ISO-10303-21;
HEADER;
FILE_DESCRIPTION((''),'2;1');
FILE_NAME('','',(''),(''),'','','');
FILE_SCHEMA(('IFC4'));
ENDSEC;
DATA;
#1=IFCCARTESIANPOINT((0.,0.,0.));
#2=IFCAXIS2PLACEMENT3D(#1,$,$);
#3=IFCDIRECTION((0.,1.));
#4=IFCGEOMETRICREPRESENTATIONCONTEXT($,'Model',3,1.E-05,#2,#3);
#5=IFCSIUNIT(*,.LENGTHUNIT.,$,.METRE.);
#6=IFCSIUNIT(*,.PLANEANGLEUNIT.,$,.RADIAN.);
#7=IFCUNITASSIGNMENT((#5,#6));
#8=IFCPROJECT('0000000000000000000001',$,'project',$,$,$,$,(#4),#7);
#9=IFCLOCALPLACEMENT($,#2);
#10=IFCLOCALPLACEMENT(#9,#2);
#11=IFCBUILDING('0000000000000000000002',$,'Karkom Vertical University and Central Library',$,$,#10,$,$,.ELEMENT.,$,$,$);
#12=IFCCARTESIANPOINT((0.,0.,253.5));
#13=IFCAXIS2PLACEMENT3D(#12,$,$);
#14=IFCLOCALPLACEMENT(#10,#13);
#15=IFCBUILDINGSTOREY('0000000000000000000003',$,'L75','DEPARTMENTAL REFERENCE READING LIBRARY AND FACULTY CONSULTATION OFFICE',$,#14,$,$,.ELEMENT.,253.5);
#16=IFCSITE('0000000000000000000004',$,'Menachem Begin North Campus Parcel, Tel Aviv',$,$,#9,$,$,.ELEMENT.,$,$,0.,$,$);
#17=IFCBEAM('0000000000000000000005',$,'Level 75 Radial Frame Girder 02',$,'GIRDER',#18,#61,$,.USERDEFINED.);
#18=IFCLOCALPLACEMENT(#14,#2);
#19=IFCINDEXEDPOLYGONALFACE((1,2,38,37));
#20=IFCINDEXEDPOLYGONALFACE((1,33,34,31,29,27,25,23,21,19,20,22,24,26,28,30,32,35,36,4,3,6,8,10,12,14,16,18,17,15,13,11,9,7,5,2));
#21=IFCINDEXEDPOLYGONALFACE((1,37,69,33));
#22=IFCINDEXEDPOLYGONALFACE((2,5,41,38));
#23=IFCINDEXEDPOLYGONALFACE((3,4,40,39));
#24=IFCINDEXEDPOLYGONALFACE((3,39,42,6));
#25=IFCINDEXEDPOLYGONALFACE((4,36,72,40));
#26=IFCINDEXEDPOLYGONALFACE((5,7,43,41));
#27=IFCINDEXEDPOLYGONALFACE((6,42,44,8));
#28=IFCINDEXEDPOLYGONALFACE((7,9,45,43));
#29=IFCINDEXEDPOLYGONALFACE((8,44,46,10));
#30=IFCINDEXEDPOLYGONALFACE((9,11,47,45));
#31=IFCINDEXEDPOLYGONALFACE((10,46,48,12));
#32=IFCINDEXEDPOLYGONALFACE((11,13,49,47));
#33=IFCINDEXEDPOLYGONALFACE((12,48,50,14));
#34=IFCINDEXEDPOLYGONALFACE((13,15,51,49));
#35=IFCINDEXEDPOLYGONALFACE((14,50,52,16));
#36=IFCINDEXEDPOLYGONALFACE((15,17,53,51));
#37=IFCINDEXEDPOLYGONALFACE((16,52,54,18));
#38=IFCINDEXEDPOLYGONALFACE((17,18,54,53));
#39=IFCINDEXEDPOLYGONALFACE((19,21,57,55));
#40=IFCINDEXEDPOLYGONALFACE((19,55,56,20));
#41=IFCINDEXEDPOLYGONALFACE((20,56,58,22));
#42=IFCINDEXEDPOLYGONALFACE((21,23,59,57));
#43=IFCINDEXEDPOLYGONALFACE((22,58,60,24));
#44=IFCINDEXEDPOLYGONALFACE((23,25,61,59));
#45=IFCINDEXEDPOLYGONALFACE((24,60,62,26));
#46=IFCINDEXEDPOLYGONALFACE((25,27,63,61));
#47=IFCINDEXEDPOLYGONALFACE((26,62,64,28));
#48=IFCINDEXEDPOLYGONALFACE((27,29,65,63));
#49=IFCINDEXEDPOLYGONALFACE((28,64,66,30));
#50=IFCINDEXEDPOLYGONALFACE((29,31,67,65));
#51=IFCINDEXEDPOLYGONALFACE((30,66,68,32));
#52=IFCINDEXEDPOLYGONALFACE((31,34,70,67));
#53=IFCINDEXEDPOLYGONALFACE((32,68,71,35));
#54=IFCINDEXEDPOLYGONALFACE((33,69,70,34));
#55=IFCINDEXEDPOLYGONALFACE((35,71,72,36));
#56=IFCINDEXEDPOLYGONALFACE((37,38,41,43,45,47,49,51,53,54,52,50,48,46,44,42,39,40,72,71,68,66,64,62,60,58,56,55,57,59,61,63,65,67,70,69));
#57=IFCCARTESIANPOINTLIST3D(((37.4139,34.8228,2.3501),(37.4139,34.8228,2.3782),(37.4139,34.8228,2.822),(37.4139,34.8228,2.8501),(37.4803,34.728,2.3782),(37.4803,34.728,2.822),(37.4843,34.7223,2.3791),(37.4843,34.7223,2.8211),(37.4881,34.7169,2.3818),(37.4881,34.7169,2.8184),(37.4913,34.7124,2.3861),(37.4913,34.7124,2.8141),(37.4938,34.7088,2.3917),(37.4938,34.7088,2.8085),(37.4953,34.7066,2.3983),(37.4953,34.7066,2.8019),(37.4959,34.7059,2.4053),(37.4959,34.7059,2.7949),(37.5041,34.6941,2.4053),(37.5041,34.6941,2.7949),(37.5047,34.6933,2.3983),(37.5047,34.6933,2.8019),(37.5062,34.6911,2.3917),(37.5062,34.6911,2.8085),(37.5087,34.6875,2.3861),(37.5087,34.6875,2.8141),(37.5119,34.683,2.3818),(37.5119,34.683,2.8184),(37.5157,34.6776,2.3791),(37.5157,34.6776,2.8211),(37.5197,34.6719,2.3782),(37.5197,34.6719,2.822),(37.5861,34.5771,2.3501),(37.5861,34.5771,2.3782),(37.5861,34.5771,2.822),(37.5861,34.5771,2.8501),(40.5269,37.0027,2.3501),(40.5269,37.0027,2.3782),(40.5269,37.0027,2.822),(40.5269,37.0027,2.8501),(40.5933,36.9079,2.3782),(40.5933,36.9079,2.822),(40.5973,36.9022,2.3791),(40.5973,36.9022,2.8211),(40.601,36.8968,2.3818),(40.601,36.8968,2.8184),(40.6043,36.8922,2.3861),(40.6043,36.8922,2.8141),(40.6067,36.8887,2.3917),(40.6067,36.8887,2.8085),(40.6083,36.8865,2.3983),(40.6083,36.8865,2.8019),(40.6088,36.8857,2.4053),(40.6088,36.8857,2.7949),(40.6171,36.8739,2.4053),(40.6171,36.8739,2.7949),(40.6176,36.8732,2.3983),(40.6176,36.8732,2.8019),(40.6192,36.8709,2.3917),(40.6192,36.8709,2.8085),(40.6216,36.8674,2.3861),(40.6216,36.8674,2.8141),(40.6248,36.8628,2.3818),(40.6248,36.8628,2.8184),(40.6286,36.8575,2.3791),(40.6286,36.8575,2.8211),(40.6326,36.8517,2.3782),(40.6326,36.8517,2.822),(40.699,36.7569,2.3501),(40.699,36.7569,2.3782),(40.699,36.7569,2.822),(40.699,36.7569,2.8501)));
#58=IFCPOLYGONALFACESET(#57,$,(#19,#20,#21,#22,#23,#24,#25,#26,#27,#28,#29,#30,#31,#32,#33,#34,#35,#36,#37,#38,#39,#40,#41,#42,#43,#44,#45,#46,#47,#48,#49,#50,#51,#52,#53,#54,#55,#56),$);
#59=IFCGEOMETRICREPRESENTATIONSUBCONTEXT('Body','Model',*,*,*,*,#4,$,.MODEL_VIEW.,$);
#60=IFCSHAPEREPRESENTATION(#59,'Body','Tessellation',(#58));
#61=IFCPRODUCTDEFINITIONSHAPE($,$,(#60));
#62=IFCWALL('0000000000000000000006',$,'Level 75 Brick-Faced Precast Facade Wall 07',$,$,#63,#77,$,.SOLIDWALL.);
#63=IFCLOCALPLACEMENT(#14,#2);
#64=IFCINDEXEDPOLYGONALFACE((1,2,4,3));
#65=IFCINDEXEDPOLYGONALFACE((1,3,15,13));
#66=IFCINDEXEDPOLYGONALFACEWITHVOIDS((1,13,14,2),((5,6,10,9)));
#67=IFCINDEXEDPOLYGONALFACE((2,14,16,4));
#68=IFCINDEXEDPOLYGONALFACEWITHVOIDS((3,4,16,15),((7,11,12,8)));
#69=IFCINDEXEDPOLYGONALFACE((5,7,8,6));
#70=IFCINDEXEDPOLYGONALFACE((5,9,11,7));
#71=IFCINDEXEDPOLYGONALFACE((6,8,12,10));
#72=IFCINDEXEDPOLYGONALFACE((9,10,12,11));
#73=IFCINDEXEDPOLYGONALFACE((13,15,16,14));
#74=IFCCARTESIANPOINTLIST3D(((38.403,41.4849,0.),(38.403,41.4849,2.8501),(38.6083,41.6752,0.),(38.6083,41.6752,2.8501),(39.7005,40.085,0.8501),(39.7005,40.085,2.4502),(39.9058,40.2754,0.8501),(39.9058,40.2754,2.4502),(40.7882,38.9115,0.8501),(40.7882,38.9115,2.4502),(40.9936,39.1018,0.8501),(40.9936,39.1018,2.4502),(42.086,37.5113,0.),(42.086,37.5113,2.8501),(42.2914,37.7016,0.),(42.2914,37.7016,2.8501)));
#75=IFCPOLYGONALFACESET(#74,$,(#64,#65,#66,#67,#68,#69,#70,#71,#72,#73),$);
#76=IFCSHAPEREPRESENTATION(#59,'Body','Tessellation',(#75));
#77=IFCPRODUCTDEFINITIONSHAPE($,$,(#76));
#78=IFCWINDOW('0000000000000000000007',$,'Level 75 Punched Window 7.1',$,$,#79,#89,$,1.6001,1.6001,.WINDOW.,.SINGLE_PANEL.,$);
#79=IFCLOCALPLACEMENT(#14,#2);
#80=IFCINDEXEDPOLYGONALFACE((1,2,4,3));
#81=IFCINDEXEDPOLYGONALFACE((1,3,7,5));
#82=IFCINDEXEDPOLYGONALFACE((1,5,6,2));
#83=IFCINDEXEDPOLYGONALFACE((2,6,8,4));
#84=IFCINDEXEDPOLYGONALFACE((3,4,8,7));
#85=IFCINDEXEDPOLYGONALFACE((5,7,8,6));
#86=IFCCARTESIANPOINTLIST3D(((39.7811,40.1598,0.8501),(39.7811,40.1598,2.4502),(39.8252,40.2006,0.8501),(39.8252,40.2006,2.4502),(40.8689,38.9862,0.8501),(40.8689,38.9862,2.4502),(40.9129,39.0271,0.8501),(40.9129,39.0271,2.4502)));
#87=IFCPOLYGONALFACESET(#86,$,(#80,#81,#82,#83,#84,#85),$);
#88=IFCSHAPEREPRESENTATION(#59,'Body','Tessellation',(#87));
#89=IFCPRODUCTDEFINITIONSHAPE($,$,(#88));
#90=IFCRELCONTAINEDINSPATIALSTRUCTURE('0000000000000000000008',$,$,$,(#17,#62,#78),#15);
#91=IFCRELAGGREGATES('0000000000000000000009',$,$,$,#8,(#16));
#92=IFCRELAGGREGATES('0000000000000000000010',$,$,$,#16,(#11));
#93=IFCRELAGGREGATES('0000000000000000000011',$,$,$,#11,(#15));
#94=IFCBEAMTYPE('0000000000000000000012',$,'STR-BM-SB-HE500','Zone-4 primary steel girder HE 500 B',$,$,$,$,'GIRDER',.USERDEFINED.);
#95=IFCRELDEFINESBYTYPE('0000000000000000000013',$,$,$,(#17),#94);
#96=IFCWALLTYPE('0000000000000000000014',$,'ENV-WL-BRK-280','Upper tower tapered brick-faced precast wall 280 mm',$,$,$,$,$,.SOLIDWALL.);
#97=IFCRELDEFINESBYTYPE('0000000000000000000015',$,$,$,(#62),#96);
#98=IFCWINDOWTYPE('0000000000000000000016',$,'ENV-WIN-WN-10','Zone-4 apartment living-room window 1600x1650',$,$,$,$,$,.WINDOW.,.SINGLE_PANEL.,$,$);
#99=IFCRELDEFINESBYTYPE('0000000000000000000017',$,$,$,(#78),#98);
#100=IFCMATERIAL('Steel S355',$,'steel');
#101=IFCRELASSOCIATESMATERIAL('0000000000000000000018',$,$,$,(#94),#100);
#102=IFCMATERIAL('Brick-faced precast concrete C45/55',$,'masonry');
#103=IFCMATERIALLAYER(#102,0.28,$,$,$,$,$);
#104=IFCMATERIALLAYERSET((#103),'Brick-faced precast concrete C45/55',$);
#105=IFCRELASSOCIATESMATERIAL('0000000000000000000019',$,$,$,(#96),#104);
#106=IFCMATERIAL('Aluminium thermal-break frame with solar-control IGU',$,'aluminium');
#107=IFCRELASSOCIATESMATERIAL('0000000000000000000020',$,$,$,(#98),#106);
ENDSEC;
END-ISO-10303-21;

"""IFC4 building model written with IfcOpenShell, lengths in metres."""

from ifc_helpers import new_model, si_unit, direction, frame, frame_2d, origin, origin_with_axes, origin_2d, place, context, subcontext, project, spatial, rectangle, i_section, extrude, source, transform, mapped, material, layer, layer_set, material_profile, profile_set, type_object, element, fill, save


model = new_model("IFC4")

# Units and contexts
model_context = context("Model", 3, precision=1e-05, world=origin(), true_north=direction((0.0, 1.0)))
body_context = subcontext(model_context, "Body", "Model", "MODEL_VIEW")
ifc_project = project(units=[si_unit("LENGTHUNIT", "METRE"), si_unit("PLANEANGLEUNIT", "RADIAN")], contexts=[model_context])

# Site, building, storey
site_placement = place(None, origin())
site = spatial("IfcSite", under=ifc_project, at=site_placement, Name="Menachem Begin North Campus Parcel, Tel Aviv", CompositionType="ELEMENT", RefElevation=0.0)
building_placement = place(site_placement, origin())
building = spatial("IfcBuilding", under=site, at=building_placement, Name="Karkom Vertical University and Central Library", CompositionType="ELEMENT")
storey_placement = place(building_placement, frame((0.0, 0.0, 253.5)))
storey = spatial("IfcBuildingStorey", under=building, at=storey_placement, Name="L75", Description="DEPARTMENTAL REFERENCE READING LIBRARY AND FACULTY CONSULTATION OFFICE", CompositionType="ELEMENT", Elevation=253.5)

# Beam
ifc_material_1 = material(Name="Steel S355", Category="steel")
ifc_material_profile_1 = material_profile(ifc_material_1, i_section(OverallWidth=0.3, OverallDepth=0.5, WebThickness=0.0144, FlangeThickness=0.0281, FilletRadius=0.0271, at=origin_2d()), Name="HE 500 B")
ifc_profile_set_1 = profile_set([ifc_material_profile_1], Name="Steel S355")
beam_type_1 = type_object("IfcBeamType", Name="STR-BM-SB-HE500", Description="Zone-4 primary steel girder HE 500 B", ElementType="GIRDER", PredefinedType="USERDEFINED", material=ifc_profile_set_1)
shared_shape_1 = source(origin_with_axes(), body_context, "Body", "SweptSolid", [
    extrude(i_section(OverallWidth=0.3, OverallDepth=0.5, WebThickness=0.0144, FlangeThickness=0.0281, FilletRadius=0.0271, at=origin_2d()), origin(), (0.0, 0.0, 1.0), 3.8003),
])
beam_1_placement = place(storey_placement, frame((37.5, 34.7, 2.6001), z_axis=(0.819132, 0.573605, 0.0), x_axis=(-0.573605, 0.819132, 0.0)))
element("IfcBeam", 1, at=beam_1_placement, inside=storey, type_object=beam_type_1, Name="Level 75 Radial Frame Girder 02", ObjectType="GIRDER", PredefinedType="USERDEFINED", context=body_context, shape_type="MappedRepresentation", body=[
    mapped(shared_shape_1, transform((0.0, 0.0, 0.0), scale=1.0)),
])

# Wall, opening, window
ifc_material_2 = material(Name="Brick-faced precast concrete C45/55", Category="masonry")
ifc_layer_1 = layer(ifc_material_2, 0.28)
ifc_layer_set_1 = layer_set([ifc_layer_1], Name="Brick-faced precast concrete C45/55")
wall_type_1 = type_object("IfcWallType", Name="ENV-WL-BRK-280", Description="Upper tower tapered brick-faced precast wall 280 mm", PredefinedType="SOLIDWALL", material=ifc_layer_set_1)
wall_1_placement = place(storey_placement, frame((42.1887, 37.6064, 0.0), z_axis=(0.0, 0.0, 1.0), x_axis=(-0.679787, 0.733409, 0.0)))
wall_1 = element("IfcWall", 2, at=wall_1_placement, inside=storey, type_object=wall_type_1, Name="Level 75 Brick-Faced Precast Facade Wall 07", PredefinedType="SOLIDWALL", context=body_context, shape_type="SweptSolid", body=[
    extrude(rectangle(XDim=5.418, YDim=0.28, at=frame_2d((2.709, 0.0))), origin(), (0.0, 0.0, 1.0), 2.8501),
])
opening_1_placement = place(wall_1_placement, frame((1.9092, 0.0, 0.8501)))
opening_1 = element("IfcOpeningElement", 3, at=opening_1_placement, cuts=wall_1, PredefinedType="OPENING", context=body_context, shape_type="SweptSolid", body=[
    extrude(rectangle(XDim=1.6001, YDim=1.6001, at=frame_2d((0.8, 0.8))), frame((0.0, 0.1499, 0.0), z_axis=(0.0, -1.0, 0.0), x_axis=(1.0, 0.0, 0.0)), (0.0, 0.0, 1.0), 0.3),
])
ifc_material_3 = material(Name="Aluminium thermal-break frame with solar-control IGU", Category="aluminium")
window_type = type_object("IfcWindowType", Name="ENV-WIN-WN-10", Description="Zone-4 apartment living-room window 1600x1650", PartitioningType="SINGLE_PANEL", PredefinedType="WINDOW", material=ifc_material_3)
shared_shape_2 = source(origin_with_axes(), body_context, "Body", "SweptSolid", [
    extrude(rectangle(XDim=1.6001, YDim=1.6001, at=frame_2d((0.8, 0.8))), frame((0.0, 0.03, 0.0), z_axis=(0.0, -1.0, 0.0), x_axis=(1.0, 0.0, 0.0)), (0.0, 0.0, 1.0), 0.0601),
])
window_1_placement = place(opening_1_placement, origin())
window_1 = element("IfcWindow", 4, at=window_1_placement, inside=storey, type_object=window_type, Name="Level 75 Punched Window 7.1", OverallHeight=1.6001, OverallWidth=1.6001, PartitioningType="SINGLE_PANEL", PredefinedType="WINDOW", context=body_context, shape_type="MappedRepresentation", body=[
    mapped(shared_shape_2, transform((0.0, 0.0, 0.0), scale=1.0)),
])
fill(opening_1, window_1)

save(model, "model.ifc")
